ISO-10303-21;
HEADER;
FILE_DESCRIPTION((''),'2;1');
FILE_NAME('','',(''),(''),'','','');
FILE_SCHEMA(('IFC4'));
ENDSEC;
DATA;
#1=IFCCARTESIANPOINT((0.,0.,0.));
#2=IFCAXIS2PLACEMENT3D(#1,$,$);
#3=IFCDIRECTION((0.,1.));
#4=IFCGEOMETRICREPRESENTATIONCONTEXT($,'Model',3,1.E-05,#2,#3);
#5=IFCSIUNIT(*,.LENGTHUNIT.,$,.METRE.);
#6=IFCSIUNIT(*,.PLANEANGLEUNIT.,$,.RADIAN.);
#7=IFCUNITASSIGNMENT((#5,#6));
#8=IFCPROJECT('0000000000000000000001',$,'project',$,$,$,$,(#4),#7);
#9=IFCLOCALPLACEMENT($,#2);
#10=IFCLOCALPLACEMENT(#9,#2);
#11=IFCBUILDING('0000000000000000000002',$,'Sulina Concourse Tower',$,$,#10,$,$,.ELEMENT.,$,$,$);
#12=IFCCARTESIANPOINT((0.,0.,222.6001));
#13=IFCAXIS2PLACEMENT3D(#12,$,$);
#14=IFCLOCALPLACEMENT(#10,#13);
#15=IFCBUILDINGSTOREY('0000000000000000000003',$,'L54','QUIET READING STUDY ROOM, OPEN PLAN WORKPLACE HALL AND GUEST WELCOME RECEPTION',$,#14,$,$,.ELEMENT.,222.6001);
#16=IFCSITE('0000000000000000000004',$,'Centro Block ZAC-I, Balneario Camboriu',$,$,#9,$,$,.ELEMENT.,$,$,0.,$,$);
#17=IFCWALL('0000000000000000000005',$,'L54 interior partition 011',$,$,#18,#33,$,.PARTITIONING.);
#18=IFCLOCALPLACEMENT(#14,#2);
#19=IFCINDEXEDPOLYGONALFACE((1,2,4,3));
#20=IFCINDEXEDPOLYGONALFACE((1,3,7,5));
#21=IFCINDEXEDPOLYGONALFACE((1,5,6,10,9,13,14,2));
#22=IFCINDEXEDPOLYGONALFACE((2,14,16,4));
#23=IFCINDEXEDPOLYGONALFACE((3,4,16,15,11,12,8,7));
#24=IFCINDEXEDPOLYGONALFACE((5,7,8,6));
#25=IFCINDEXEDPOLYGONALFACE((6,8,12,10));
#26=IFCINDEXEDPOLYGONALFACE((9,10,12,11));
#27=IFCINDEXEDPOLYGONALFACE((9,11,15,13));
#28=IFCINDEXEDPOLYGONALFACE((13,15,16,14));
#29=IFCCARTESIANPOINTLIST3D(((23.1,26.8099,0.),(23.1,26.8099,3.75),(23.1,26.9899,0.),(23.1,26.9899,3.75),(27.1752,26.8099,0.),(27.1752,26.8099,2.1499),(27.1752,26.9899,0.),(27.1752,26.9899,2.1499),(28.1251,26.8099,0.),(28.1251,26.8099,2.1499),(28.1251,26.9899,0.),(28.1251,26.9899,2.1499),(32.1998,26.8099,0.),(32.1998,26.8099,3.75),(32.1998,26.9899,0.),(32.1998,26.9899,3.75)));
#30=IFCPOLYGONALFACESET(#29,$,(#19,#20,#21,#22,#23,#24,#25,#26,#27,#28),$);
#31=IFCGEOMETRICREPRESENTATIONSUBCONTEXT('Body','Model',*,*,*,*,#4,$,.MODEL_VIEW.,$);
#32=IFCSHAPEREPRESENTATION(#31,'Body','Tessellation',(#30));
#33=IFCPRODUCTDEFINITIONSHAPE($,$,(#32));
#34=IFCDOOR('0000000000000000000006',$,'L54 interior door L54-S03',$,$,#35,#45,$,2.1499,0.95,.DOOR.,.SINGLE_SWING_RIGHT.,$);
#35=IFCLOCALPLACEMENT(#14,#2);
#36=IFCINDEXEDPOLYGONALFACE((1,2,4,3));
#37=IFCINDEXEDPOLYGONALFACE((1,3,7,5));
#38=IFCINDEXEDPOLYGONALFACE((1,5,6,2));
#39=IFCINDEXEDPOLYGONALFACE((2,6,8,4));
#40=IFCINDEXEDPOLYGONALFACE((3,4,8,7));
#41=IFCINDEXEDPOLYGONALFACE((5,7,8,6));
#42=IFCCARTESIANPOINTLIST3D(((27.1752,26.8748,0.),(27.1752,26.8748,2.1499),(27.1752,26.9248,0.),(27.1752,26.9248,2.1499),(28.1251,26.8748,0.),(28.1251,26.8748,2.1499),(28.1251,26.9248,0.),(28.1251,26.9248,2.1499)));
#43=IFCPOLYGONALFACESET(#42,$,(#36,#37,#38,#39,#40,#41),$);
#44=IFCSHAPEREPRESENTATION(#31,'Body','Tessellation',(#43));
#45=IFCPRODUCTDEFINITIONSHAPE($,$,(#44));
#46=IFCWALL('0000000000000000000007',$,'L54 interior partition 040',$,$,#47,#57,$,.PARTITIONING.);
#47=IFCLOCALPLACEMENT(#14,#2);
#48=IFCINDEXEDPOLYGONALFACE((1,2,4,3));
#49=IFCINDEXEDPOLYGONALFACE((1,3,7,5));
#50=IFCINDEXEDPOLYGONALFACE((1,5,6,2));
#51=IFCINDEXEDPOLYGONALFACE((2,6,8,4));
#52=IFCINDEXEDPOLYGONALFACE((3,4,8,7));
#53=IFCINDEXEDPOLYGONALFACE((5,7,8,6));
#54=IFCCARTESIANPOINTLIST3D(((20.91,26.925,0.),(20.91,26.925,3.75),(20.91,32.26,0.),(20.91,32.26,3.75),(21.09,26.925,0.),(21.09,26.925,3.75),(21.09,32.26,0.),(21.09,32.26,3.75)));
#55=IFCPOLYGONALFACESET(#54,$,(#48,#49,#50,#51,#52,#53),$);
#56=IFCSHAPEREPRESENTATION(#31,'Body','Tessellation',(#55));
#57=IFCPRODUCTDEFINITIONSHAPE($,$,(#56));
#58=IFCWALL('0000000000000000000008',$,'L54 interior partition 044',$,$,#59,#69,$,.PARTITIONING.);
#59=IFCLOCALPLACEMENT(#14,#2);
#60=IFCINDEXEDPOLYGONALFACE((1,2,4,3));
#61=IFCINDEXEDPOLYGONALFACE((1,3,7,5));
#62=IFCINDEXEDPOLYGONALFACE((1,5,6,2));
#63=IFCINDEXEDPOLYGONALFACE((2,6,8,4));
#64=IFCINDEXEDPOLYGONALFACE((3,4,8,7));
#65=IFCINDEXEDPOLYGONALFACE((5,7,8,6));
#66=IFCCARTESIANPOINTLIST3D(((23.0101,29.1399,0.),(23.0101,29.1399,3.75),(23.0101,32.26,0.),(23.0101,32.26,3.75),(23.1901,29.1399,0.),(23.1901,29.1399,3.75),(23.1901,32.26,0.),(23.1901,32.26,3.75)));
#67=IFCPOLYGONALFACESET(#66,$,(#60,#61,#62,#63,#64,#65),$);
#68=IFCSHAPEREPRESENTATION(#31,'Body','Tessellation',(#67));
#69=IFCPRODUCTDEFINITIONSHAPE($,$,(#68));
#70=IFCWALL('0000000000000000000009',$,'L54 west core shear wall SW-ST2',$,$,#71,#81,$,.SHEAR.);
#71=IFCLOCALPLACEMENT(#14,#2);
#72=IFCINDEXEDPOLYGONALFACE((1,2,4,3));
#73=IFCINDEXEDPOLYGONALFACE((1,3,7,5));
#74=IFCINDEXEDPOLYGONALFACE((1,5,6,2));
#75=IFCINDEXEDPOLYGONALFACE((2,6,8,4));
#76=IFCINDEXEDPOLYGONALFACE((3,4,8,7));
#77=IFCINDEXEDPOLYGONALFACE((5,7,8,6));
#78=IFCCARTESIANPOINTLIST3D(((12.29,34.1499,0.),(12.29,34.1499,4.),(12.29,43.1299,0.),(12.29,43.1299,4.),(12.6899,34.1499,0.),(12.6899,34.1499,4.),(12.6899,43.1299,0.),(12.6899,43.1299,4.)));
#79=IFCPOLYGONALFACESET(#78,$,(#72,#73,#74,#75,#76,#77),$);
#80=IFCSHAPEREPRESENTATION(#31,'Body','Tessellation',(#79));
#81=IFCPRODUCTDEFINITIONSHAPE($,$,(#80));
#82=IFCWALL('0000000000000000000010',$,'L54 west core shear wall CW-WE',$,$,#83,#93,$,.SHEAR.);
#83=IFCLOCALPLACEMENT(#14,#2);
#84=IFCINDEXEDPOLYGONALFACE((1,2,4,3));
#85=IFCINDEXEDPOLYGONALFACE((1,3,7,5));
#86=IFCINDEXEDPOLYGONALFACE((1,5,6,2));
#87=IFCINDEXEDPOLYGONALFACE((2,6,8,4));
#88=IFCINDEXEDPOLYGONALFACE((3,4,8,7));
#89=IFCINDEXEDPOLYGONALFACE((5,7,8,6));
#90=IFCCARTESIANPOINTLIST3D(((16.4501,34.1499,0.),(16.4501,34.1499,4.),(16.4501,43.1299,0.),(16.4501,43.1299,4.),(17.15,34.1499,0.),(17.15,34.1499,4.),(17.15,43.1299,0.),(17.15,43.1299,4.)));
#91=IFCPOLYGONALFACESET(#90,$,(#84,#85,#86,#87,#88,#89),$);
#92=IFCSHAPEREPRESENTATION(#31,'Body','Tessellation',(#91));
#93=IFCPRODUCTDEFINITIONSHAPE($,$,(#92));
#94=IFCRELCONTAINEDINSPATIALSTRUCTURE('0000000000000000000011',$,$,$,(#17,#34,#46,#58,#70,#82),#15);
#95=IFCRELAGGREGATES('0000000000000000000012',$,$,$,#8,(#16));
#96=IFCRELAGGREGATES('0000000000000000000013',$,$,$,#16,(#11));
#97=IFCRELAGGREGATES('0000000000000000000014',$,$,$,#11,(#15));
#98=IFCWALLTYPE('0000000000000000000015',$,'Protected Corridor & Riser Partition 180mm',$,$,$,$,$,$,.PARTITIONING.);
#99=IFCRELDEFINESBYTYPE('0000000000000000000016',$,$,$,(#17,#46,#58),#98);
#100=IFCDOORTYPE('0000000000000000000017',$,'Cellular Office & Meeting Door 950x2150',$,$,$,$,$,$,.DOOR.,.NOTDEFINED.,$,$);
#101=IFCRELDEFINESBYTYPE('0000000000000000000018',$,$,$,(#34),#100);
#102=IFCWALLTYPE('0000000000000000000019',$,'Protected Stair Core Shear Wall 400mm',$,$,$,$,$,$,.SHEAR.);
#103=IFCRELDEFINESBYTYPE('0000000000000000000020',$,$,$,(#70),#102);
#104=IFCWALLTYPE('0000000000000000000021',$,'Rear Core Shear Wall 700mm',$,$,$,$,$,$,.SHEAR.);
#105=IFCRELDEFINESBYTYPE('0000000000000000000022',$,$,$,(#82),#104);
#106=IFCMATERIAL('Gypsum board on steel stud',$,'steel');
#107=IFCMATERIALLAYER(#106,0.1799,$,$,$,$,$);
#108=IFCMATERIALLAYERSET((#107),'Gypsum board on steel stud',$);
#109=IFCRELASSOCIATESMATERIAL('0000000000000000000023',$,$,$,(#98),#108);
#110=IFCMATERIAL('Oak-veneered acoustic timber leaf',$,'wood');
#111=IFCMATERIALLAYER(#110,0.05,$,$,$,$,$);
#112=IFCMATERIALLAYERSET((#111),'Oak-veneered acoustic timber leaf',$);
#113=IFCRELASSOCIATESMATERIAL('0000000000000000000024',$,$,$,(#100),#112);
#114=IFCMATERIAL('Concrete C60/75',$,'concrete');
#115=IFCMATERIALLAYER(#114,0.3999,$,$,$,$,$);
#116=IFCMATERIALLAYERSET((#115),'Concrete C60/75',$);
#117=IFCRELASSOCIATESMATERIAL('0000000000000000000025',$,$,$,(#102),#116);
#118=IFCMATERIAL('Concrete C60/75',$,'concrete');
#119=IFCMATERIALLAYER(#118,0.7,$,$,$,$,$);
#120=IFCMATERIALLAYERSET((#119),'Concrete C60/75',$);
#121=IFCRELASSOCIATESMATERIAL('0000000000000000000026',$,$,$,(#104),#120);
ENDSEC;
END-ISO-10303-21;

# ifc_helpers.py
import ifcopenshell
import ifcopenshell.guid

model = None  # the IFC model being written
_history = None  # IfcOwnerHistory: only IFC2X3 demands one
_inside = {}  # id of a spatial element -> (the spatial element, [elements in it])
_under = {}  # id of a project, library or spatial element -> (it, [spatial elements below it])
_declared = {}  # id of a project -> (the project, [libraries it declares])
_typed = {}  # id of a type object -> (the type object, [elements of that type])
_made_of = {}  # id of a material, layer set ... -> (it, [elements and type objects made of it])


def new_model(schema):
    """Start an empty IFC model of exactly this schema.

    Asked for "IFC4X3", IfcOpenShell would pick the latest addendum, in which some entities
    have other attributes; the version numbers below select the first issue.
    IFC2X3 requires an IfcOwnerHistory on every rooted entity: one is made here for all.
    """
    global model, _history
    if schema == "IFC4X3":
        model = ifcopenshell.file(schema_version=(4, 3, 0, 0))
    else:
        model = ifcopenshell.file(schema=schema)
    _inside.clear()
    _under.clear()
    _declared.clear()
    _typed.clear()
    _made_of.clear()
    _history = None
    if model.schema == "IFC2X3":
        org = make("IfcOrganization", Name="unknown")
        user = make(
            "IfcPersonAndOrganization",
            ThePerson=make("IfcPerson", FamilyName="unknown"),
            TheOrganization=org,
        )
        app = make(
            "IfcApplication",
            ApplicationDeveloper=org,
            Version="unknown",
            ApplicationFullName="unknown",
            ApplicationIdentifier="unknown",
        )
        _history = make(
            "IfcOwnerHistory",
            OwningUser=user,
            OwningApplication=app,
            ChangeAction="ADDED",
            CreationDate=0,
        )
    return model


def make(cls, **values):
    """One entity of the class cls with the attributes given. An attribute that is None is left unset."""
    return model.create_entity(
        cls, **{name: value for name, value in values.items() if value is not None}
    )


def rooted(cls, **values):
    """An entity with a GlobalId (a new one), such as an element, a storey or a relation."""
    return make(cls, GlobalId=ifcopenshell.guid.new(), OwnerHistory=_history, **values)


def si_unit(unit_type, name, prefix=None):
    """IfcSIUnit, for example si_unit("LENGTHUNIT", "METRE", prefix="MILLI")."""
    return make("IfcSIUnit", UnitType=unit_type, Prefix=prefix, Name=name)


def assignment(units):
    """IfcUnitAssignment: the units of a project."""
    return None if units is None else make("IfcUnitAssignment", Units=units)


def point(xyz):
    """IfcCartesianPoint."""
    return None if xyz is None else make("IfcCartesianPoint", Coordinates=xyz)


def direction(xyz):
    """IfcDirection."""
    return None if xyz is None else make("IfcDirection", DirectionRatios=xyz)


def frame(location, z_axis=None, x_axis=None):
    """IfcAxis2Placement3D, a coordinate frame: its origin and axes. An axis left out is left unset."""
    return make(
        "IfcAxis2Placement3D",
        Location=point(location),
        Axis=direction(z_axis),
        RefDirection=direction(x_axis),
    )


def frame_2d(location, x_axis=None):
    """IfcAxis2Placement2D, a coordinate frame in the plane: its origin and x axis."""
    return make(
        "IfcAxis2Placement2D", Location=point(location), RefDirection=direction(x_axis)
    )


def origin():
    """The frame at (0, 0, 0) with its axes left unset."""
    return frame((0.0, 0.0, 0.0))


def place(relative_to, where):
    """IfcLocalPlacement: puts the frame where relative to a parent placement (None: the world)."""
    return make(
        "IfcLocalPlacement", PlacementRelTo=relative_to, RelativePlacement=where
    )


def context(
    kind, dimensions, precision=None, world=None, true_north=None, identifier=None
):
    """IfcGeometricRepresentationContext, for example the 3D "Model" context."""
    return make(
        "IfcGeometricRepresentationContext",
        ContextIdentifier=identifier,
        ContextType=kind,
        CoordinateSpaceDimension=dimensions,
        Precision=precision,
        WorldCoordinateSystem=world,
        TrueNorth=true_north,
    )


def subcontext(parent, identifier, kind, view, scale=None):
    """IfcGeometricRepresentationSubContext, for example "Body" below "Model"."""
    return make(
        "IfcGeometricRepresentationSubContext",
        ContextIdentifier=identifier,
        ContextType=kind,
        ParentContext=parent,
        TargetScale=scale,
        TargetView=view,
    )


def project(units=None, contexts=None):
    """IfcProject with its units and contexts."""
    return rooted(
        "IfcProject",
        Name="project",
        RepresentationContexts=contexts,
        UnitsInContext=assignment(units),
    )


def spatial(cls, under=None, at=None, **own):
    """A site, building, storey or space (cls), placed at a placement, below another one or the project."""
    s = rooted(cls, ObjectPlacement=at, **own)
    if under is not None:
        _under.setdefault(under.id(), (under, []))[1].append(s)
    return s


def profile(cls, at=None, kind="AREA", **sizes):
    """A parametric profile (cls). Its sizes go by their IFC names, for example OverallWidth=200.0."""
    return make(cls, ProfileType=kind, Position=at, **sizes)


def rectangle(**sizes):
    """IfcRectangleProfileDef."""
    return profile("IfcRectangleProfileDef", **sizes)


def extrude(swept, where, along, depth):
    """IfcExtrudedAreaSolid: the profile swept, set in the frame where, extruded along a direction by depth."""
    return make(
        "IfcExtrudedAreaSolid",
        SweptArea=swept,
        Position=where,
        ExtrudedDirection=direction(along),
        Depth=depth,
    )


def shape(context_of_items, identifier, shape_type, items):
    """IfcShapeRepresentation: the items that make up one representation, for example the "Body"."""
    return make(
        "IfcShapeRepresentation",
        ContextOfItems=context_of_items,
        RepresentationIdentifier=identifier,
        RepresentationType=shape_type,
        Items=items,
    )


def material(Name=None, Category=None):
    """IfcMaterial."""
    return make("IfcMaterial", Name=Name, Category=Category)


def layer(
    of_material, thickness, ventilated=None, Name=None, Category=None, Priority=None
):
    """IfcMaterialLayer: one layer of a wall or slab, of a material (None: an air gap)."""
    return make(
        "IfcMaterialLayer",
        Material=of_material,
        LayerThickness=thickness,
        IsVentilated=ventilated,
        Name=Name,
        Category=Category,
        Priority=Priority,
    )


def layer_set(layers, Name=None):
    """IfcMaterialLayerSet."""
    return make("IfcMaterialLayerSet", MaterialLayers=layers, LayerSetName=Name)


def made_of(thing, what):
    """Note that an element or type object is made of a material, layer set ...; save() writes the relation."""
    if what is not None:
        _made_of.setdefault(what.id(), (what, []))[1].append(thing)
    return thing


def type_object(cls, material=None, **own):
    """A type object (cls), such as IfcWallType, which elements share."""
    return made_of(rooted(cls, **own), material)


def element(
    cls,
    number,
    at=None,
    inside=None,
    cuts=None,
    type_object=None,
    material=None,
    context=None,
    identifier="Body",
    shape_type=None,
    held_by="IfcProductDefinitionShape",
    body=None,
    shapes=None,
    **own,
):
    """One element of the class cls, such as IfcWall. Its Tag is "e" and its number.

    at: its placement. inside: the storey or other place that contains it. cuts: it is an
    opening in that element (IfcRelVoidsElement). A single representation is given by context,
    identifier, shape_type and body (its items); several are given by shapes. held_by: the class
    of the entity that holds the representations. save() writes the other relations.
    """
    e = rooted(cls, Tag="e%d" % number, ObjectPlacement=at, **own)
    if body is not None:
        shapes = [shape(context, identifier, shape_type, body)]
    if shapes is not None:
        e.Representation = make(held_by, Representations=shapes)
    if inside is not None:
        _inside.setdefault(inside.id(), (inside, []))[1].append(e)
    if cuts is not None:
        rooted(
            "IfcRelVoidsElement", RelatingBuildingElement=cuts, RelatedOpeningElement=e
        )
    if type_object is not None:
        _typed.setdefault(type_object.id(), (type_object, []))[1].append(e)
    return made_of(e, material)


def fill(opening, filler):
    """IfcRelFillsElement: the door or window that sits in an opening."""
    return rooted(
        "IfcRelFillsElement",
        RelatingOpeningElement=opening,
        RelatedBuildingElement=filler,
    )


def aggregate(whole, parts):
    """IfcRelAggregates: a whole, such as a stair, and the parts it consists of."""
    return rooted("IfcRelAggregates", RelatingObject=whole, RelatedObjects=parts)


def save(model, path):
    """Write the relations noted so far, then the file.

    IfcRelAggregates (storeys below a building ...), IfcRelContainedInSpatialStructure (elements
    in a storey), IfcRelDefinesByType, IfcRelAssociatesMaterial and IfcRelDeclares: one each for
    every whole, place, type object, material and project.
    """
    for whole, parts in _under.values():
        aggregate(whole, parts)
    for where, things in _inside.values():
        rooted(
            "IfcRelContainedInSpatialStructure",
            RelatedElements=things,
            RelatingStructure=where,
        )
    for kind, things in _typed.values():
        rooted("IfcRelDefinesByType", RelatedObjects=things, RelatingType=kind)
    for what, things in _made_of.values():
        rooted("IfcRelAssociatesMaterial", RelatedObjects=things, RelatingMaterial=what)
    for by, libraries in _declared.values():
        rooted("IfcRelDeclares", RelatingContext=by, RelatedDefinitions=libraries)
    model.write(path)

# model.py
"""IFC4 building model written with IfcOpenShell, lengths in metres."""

from ifc_helpers import new_model, si_unit, direction, frame, frame_2d, origin, place, context, subcontext, project, spatial, rectangle, extrude, material, layer, layer_set, type_object, element, fill, save


model = new_model("IFC4")

# Units and contexts
model_context = context("Model", 3, precision=1e-05, world=origin(), true_north=direction((0.0, 1.0)))
body_context = subcontext(model_context, "Body", "Model", "MODEL_VIEW")
ifc_project = project(units=[si_unit("LENGTHUNIT", "METRE"), si_unit("PLANEANGLEUNIT", "RADIAN")], contexts=[model_context])

# Site, building, storey
site_placement = place(None, origin())
site = spatial("IfcSite", under=ifc_project, at=site_placement, Name="Centro Block ZAC-I, Balneario Camboriu", CompositionType="ELEMENT", RefElevation=0.0)
building_placement = place(site_placement, origin())
building = spatial("IfcBuilding", under=site, at=building_placement, Name="Sulina Concourse Tower", CompositionType="ELEMENT")
storey_placement = place(building_placement, frame((0.0, 0.0, 222.6001)))
storey = spatial("IfcBuildingStorey", under=building, at=storey_placement, Name="L54", Description="QUIET READING STUDY ROOM, OPEN PLAN WORKPLACE HALL AND GUEST WELCOME RECEPTION", CompositionType="ELEMENT", Elevation=222.6001)

# Wall, opening, door
ifc_material_1 = material(Name="Gypsum board on steel stud", Category="steel")
ifc_layer_1 = layer(ifc_material_1, 0.1799)
ifc_layer_set_1 = layer_set([ifc_layer_1], Name="Gypsum board on steel stud")
wall_type_1 = type_object("IfcWallType", Name="Protected Corridor & Riser Partition 180mm", PredefinedType="PARTITIONING", material=ifc_layer_set_1)
wall_1_placement = place(storey_placement, frame((23.1001, 26.8999, 0.0), z_axis=(0.0, 0.0, 1.0), x_axis=(1.0, 0.0, 0.0)))
wall_1 = element("IfcWall", 1, at=wall_1_placement, inside=storey, type_object=wall_type_1, Name="L54 interior partition 011", PredefinedType="PARTITIONING", context=body_context, shape_type="SweptSolid", body=[
    extrude(rectangle(XDim=9.0999, YDim=0.1799, at=frame_2d((4.5498, 0.0))), origin(), (0.0, 0.0, 1.0), 3.75),
])
opening_1_placement = place(wall_1_placement, frame((4.075, 0.0, 0.0)))
opening_1 = element("IfcOpeningElement", 2, at=opening_1_placement, cuts=wall_1, PredefinedType="OPENING", context=body_context, shape_type="SweptSolid", body=[
    extrude(rectangle(XDim=0.95, YDim=2.1499, at=frame_2d((0.4751, 1.075))), frame((0.0, 0.0999, 0.0), z_axis=(0.0, -1.0, 0.0), x_axis=(1.0, 0.0, 0.0)), (0.0, 0.0, 1.0), 0.2),
])
ifc_material_2 = material(Name="Oak-veneered acoustic timber leaf", Category="wood")
ifc_layer_2 = layer(ifc_material_2, 0.05)
ifc_layer_set_2 = layer_set([ifc_layer_2], Name="Oak-veneered acoustic timber leaf")
door_type_1 = type_object("IfcDoorType", Name="Cellular Office & Meeting Door 950x2150", OperationType="NOTDEFINED", PredefinedType="DOOR", material=ifc_layer_set_2)
door_1_placement = place(opening_1_placement, origin())
door_1 = element("IfcDoor", 3, at=door_1_placement, inside=storey, type_object=door_type_1, Name="L54 interior door L54-S03", OperationType="SINGLE_SWING_RIGHT", OverallHeight=2.1499, OverallWidth=0.95, PredefinedType="DOOR", context=body_context, shape_type="SweptSolid", body=[
    extrude(rectangle(XDim=0.95, YDim=2.1499, at=frame_2d((0.4751, 1.075))), frame((0.0, 0.0249, 0.0), z_axis=(0.0, -1.0, 0.0), x_axis=(1.0, 0.0, 0.0)), (0.0, 0.0, 1.0), 0.05),
])
fill(opening_1, door_1)

# Walls
wall_2_placement = place(storey_placement, frame((21.0, 26.925, 0.0), z_axis=(0.0, 0.0, 1.0), x_axis=(0.0, 1.0, 0.0)))
element("IfcWall", 4, at=wall_2_placement, inside=storey, type_object=wall_type_1, Name="L54 interior partition 040", PredefinedType="PARTITIONING", context=body_context, shape_type="SweptSolid", body=[
    extrude(rectangle(XDim=5.335, YDim=0.1799, at=frame_2d((2.6675, 0.0))), origin(), (0.0, 0.0, 1.0), 3.75),
])
wall_3_placement = place(storey_placement, frame((23.1001, 29.1399, 0.0), z_axis=(0.0, 0.0, 1.0), x_axis=(0.0, 1.0, 0.0)))
element("IfcWall", 5, at=wall_3_placement, inside=storey, type_object=wall_type_1, Name="L54 interior partition 044", PredefinedType="PARTITIONING", context=body_context, shape_type="SweptSolid", body=[
    extrude(rectangle(XDim=3.1201, YDim=0.1799, at=frame_2d((1.5601, 0.0))), origin(), (0.0, 0.0, 1.0), 3.75),
])
ifc_material_3 = material(Name="Concrete C60/75", Category="concrete")
ifc_layer_3 = layer(ifc_material_3, 0.3999)
ifc_layer_set_3 = layer_set([ifc_layer_3], Name="Concrete C60/75")
wall_type_2 = type_object("IfcWallType", Name="Protected Stair Core Shear Wall 400mm", PredefinedType="SHEAR", material=ifc_layer_set_3)
wall_4_placement = place(storey_placement, frame((12.49, 34.1499, 0.0), z_axis=(0.0, 0.0, 1.0), x_axis=(0.0, 1.0, 0.0)))
element("IfcWall", 6, at=wall_4_placement, inside=storey, type_object=wall_type_2, Name="L54 west core shear wall SW-ST2", PredefinedType="SHEAR", context=body_context, shape_type="SweptSolid", body=[
    extrude(rectangle(XDim=8.98, YDim=0.3999, at=frame_2d((4.49, 0.0))), origin(), (0.0, 0.0, 1.0), 4.0),
])
ifc_material_4 = material(Name="Concrete C60/75", Category="concrete")
ifc_layer_4 = layer(ifc_material_4, 0.7)
ifc_layer_set_4 = layer_set([ifc_layer_4], Name="Concrete C60/75")
wall_type_3 = type_object("IfcWallType", Name="Rear Core Shear Wall 700mm", PredefinedType="SHEAR", material=ifc_layer_set_4)
wall_5_placement = place(storey_placement, frame((16.8, 34.1499, 0.0), z_axis=(0.0, 0.0, 1.0), x_axis=(0.0, 1.0, 0.0)))
element("IfcWall", 7, at=wall_5_placement, inside=storey, type_object=wall_type_3, Name="L54 west core shear wall CW-WE", PredefinedType="SHEAR", context=body_context, shape_type="SweptSolid", body=[
    extrude(rectangle(XDim=8.98, YDim=0.7, at=frame_2d((4.49, 0.0))), origin(), (0.0, 0.0, 1.0), 4.0),
])

save(model, "model.ifc")
